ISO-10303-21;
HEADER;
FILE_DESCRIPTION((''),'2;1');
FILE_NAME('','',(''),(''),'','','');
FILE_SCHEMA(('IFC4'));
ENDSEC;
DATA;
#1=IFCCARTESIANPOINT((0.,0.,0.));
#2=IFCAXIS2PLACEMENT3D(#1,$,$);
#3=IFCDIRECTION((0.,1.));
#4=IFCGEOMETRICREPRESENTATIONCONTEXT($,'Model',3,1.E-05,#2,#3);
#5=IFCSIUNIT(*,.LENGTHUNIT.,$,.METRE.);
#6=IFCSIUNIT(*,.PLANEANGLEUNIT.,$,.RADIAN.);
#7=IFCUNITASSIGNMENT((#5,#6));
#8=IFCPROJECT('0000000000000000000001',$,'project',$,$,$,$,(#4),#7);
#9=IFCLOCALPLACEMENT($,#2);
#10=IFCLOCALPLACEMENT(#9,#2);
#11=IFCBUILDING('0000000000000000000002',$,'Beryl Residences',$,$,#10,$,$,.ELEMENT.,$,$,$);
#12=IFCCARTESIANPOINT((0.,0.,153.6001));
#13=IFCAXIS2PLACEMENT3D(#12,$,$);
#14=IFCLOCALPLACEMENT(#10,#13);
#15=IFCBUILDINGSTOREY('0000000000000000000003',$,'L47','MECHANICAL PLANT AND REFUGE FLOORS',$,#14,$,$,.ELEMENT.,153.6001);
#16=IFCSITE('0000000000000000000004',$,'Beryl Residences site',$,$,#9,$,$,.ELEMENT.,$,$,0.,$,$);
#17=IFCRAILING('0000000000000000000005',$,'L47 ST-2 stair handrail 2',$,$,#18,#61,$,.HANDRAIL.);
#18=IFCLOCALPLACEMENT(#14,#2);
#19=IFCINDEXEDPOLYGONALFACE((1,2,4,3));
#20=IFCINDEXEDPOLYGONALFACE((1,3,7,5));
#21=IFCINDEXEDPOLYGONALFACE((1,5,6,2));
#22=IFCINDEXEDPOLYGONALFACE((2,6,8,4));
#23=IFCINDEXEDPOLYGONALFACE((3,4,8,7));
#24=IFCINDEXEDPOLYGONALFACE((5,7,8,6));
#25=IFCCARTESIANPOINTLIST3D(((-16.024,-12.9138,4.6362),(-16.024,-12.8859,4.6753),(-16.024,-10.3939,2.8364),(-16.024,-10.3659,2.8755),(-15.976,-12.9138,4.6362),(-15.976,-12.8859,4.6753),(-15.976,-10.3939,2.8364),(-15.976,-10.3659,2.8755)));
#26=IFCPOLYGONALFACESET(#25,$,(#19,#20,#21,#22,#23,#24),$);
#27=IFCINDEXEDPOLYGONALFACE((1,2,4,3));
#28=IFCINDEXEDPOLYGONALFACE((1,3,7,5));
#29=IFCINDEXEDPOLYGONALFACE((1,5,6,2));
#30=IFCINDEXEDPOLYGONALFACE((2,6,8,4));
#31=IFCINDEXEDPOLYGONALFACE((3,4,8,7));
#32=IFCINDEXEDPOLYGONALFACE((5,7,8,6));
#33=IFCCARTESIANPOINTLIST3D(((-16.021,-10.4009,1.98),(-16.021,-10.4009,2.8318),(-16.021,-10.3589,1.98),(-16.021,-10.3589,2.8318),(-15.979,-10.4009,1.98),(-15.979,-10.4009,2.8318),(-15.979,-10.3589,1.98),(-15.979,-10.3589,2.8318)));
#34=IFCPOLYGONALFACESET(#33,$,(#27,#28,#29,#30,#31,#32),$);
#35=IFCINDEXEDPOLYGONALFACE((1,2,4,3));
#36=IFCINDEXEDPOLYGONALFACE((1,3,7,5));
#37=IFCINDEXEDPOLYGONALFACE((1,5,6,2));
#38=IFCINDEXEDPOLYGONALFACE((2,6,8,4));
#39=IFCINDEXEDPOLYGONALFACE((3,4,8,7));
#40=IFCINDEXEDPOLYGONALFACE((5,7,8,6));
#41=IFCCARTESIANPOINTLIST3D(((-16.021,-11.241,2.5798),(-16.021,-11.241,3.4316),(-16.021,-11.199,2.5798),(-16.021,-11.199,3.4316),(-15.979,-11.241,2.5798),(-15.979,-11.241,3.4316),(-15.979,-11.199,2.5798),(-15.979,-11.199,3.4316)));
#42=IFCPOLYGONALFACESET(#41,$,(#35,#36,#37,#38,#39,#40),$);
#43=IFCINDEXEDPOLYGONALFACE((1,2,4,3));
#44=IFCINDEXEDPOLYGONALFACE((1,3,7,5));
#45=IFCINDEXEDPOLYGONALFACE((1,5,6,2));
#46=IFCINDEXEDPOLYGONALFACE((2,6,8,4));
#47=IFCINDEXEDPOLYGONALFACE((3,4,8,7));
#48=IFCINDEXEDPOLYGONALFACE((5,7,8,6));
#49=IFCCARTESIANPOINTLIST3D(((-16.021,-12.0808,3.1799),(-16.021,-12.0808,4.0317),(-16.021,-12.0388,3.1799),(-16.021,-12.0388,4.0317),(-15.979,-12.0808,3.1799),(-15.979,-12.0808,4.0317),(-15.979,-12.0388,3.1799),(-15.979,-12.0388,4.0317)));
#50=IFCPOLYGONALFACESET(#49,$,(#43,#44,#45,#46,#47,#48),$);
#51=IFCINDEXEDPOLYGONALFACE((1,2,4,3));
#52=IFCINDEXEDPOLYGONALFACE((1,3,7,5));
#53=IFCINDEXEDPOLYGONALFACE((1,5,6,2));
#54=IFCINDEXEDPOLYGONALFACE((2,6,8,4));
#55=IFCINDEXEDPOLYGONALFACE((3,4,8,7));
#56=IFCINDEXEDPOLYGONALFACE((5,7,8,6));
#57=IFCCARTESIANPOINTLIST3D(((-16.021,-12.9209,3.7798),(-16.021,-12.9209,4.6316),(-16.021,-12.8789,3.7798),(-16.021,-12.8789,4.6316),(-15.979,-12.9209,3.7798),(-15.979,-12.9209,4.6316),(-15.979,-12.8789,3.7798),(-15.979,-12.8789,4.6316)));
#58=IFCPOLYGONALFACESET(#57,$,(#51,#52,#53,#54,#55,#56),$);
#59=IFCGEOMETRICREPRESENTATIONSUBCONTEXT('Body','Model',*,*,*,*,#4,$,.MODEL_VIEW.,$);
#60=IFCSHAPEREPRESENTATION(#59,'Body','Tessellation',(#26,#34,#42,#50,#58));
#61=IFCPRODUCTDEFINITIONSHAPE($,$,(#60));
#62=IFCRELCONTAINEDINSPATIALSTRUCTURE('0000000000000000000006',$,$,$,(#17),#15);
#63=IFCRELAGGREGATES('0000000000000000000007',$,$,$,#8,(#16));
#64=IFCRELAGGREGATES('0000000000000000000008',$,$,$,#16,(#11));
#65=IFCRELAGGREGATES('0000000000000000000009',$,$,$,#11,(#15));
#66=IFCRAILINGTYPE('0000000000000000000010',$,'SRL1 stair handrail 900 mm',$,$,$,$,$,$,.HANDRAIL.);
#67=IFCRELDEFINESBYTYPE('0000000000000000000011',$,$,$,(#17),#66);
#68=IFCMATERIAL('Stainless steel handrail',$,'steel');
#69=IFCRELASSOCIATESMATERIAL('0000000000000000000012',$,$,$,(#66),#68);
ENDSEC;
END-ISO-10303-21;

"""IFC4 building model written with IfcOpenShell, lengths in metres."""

from ifc_helpers import new_model, si_unit, direction, frame, origin, origin_2d, place, context, subcontext, project, spatial, rectangle, extrude, material, type_object, element, save


model = new_model("IFC4")

# Units and contexts
model_context = context("Model", 3, precision=1e-05, world=origin(), true_north=direction((0.0, 1.0)))
body_context = subcontext(model_context, "Body", "Model", "MODEL_VIEW")
ifc_project = project(units=[si_unit("LENGTHUNIT", "METRE"), si_unit("PLANEANGLEUNIT", "RADIAN")], contexts=[model_context])

# Site, building, storey
site_placement = place(None, origin())
site = spatial("IfcSite", under=ifc_project, at=site_placement, Name="Beryl Residences site", CompositionType="ELEMENT", RefElevation=0.0)
building_placement = place(site_placement, origin())
building = spatial("IfcBuilding", under=site, at=building_placement, Name="Beryl Residences", CompositionType="ELEMENT")
storey_placement = place(building_placement, frame((0.0, 0.0, 153.6001)))
storey = spatial("IfcBuildingStorey", under=building, at=storey_placement, Name="L47", Description="MECHANICAL PLANT AND REFUGE FLOORS", CompositionType="ELEMENT", Elevation=153.6001)

# Railing
ifc_material_1 = material(Name="Stainless steel handrail", Category="steel")
railing_type_1 = type_object("IfcRailingType", Name="SRL1 stair handrail 900 mm", PredefinedType="HANDRAIL", material=ifc_material_1)
railing_1_placement = place(storey_placement, frame((-16.0, -10.3799, 1.98)))
element("IfcRailing", 1, at=railing_1_placement, inside=storey, type_object=railing_type_1, Name="L47 ST-2 stair handrail 2", PredefinedType="HANDRAIL", context=body_context, shape_type="SweptSolid", body=[
    extrude(rectangle(XDim=0.0481, YDim=0.0481, at=origin_2d()), frame((0.0, 0.0, 0.876), z_axis=(0.0, -0.813765, 0.581193), x_axis=(1.0, 0.0, 0.0)), (0.0, 0.0, 1.0), 3.0967),
    extrude(rectangle(XDim=0.042, YDim=0.042, at=origin_2d()), origin(), (0.0, 0.0, 1.0), 0.8518),
    extrude(rectangle(XDim=0.042, YDim=0.042, at=origin_2d()), frame((0.0, -0.8401, 0.5999)), (0.0, 0.0, 1.0), 0.8518),
    extrude(rectangle(XDim=0.042, YDim=0.042, at=origin_2d()), frame((0.0, -1.6799, 1.2)), (0.0, 0.0, 1.0), 0.8518),
    extrude(rectangle(XDim=0.042, YDim=0.042, at=origin_2d()), frame((0.0, -2.52, 1.7998)), (0.0, 0.0, 1.0), 0.8518),
])

save(model, "model.ifc")
